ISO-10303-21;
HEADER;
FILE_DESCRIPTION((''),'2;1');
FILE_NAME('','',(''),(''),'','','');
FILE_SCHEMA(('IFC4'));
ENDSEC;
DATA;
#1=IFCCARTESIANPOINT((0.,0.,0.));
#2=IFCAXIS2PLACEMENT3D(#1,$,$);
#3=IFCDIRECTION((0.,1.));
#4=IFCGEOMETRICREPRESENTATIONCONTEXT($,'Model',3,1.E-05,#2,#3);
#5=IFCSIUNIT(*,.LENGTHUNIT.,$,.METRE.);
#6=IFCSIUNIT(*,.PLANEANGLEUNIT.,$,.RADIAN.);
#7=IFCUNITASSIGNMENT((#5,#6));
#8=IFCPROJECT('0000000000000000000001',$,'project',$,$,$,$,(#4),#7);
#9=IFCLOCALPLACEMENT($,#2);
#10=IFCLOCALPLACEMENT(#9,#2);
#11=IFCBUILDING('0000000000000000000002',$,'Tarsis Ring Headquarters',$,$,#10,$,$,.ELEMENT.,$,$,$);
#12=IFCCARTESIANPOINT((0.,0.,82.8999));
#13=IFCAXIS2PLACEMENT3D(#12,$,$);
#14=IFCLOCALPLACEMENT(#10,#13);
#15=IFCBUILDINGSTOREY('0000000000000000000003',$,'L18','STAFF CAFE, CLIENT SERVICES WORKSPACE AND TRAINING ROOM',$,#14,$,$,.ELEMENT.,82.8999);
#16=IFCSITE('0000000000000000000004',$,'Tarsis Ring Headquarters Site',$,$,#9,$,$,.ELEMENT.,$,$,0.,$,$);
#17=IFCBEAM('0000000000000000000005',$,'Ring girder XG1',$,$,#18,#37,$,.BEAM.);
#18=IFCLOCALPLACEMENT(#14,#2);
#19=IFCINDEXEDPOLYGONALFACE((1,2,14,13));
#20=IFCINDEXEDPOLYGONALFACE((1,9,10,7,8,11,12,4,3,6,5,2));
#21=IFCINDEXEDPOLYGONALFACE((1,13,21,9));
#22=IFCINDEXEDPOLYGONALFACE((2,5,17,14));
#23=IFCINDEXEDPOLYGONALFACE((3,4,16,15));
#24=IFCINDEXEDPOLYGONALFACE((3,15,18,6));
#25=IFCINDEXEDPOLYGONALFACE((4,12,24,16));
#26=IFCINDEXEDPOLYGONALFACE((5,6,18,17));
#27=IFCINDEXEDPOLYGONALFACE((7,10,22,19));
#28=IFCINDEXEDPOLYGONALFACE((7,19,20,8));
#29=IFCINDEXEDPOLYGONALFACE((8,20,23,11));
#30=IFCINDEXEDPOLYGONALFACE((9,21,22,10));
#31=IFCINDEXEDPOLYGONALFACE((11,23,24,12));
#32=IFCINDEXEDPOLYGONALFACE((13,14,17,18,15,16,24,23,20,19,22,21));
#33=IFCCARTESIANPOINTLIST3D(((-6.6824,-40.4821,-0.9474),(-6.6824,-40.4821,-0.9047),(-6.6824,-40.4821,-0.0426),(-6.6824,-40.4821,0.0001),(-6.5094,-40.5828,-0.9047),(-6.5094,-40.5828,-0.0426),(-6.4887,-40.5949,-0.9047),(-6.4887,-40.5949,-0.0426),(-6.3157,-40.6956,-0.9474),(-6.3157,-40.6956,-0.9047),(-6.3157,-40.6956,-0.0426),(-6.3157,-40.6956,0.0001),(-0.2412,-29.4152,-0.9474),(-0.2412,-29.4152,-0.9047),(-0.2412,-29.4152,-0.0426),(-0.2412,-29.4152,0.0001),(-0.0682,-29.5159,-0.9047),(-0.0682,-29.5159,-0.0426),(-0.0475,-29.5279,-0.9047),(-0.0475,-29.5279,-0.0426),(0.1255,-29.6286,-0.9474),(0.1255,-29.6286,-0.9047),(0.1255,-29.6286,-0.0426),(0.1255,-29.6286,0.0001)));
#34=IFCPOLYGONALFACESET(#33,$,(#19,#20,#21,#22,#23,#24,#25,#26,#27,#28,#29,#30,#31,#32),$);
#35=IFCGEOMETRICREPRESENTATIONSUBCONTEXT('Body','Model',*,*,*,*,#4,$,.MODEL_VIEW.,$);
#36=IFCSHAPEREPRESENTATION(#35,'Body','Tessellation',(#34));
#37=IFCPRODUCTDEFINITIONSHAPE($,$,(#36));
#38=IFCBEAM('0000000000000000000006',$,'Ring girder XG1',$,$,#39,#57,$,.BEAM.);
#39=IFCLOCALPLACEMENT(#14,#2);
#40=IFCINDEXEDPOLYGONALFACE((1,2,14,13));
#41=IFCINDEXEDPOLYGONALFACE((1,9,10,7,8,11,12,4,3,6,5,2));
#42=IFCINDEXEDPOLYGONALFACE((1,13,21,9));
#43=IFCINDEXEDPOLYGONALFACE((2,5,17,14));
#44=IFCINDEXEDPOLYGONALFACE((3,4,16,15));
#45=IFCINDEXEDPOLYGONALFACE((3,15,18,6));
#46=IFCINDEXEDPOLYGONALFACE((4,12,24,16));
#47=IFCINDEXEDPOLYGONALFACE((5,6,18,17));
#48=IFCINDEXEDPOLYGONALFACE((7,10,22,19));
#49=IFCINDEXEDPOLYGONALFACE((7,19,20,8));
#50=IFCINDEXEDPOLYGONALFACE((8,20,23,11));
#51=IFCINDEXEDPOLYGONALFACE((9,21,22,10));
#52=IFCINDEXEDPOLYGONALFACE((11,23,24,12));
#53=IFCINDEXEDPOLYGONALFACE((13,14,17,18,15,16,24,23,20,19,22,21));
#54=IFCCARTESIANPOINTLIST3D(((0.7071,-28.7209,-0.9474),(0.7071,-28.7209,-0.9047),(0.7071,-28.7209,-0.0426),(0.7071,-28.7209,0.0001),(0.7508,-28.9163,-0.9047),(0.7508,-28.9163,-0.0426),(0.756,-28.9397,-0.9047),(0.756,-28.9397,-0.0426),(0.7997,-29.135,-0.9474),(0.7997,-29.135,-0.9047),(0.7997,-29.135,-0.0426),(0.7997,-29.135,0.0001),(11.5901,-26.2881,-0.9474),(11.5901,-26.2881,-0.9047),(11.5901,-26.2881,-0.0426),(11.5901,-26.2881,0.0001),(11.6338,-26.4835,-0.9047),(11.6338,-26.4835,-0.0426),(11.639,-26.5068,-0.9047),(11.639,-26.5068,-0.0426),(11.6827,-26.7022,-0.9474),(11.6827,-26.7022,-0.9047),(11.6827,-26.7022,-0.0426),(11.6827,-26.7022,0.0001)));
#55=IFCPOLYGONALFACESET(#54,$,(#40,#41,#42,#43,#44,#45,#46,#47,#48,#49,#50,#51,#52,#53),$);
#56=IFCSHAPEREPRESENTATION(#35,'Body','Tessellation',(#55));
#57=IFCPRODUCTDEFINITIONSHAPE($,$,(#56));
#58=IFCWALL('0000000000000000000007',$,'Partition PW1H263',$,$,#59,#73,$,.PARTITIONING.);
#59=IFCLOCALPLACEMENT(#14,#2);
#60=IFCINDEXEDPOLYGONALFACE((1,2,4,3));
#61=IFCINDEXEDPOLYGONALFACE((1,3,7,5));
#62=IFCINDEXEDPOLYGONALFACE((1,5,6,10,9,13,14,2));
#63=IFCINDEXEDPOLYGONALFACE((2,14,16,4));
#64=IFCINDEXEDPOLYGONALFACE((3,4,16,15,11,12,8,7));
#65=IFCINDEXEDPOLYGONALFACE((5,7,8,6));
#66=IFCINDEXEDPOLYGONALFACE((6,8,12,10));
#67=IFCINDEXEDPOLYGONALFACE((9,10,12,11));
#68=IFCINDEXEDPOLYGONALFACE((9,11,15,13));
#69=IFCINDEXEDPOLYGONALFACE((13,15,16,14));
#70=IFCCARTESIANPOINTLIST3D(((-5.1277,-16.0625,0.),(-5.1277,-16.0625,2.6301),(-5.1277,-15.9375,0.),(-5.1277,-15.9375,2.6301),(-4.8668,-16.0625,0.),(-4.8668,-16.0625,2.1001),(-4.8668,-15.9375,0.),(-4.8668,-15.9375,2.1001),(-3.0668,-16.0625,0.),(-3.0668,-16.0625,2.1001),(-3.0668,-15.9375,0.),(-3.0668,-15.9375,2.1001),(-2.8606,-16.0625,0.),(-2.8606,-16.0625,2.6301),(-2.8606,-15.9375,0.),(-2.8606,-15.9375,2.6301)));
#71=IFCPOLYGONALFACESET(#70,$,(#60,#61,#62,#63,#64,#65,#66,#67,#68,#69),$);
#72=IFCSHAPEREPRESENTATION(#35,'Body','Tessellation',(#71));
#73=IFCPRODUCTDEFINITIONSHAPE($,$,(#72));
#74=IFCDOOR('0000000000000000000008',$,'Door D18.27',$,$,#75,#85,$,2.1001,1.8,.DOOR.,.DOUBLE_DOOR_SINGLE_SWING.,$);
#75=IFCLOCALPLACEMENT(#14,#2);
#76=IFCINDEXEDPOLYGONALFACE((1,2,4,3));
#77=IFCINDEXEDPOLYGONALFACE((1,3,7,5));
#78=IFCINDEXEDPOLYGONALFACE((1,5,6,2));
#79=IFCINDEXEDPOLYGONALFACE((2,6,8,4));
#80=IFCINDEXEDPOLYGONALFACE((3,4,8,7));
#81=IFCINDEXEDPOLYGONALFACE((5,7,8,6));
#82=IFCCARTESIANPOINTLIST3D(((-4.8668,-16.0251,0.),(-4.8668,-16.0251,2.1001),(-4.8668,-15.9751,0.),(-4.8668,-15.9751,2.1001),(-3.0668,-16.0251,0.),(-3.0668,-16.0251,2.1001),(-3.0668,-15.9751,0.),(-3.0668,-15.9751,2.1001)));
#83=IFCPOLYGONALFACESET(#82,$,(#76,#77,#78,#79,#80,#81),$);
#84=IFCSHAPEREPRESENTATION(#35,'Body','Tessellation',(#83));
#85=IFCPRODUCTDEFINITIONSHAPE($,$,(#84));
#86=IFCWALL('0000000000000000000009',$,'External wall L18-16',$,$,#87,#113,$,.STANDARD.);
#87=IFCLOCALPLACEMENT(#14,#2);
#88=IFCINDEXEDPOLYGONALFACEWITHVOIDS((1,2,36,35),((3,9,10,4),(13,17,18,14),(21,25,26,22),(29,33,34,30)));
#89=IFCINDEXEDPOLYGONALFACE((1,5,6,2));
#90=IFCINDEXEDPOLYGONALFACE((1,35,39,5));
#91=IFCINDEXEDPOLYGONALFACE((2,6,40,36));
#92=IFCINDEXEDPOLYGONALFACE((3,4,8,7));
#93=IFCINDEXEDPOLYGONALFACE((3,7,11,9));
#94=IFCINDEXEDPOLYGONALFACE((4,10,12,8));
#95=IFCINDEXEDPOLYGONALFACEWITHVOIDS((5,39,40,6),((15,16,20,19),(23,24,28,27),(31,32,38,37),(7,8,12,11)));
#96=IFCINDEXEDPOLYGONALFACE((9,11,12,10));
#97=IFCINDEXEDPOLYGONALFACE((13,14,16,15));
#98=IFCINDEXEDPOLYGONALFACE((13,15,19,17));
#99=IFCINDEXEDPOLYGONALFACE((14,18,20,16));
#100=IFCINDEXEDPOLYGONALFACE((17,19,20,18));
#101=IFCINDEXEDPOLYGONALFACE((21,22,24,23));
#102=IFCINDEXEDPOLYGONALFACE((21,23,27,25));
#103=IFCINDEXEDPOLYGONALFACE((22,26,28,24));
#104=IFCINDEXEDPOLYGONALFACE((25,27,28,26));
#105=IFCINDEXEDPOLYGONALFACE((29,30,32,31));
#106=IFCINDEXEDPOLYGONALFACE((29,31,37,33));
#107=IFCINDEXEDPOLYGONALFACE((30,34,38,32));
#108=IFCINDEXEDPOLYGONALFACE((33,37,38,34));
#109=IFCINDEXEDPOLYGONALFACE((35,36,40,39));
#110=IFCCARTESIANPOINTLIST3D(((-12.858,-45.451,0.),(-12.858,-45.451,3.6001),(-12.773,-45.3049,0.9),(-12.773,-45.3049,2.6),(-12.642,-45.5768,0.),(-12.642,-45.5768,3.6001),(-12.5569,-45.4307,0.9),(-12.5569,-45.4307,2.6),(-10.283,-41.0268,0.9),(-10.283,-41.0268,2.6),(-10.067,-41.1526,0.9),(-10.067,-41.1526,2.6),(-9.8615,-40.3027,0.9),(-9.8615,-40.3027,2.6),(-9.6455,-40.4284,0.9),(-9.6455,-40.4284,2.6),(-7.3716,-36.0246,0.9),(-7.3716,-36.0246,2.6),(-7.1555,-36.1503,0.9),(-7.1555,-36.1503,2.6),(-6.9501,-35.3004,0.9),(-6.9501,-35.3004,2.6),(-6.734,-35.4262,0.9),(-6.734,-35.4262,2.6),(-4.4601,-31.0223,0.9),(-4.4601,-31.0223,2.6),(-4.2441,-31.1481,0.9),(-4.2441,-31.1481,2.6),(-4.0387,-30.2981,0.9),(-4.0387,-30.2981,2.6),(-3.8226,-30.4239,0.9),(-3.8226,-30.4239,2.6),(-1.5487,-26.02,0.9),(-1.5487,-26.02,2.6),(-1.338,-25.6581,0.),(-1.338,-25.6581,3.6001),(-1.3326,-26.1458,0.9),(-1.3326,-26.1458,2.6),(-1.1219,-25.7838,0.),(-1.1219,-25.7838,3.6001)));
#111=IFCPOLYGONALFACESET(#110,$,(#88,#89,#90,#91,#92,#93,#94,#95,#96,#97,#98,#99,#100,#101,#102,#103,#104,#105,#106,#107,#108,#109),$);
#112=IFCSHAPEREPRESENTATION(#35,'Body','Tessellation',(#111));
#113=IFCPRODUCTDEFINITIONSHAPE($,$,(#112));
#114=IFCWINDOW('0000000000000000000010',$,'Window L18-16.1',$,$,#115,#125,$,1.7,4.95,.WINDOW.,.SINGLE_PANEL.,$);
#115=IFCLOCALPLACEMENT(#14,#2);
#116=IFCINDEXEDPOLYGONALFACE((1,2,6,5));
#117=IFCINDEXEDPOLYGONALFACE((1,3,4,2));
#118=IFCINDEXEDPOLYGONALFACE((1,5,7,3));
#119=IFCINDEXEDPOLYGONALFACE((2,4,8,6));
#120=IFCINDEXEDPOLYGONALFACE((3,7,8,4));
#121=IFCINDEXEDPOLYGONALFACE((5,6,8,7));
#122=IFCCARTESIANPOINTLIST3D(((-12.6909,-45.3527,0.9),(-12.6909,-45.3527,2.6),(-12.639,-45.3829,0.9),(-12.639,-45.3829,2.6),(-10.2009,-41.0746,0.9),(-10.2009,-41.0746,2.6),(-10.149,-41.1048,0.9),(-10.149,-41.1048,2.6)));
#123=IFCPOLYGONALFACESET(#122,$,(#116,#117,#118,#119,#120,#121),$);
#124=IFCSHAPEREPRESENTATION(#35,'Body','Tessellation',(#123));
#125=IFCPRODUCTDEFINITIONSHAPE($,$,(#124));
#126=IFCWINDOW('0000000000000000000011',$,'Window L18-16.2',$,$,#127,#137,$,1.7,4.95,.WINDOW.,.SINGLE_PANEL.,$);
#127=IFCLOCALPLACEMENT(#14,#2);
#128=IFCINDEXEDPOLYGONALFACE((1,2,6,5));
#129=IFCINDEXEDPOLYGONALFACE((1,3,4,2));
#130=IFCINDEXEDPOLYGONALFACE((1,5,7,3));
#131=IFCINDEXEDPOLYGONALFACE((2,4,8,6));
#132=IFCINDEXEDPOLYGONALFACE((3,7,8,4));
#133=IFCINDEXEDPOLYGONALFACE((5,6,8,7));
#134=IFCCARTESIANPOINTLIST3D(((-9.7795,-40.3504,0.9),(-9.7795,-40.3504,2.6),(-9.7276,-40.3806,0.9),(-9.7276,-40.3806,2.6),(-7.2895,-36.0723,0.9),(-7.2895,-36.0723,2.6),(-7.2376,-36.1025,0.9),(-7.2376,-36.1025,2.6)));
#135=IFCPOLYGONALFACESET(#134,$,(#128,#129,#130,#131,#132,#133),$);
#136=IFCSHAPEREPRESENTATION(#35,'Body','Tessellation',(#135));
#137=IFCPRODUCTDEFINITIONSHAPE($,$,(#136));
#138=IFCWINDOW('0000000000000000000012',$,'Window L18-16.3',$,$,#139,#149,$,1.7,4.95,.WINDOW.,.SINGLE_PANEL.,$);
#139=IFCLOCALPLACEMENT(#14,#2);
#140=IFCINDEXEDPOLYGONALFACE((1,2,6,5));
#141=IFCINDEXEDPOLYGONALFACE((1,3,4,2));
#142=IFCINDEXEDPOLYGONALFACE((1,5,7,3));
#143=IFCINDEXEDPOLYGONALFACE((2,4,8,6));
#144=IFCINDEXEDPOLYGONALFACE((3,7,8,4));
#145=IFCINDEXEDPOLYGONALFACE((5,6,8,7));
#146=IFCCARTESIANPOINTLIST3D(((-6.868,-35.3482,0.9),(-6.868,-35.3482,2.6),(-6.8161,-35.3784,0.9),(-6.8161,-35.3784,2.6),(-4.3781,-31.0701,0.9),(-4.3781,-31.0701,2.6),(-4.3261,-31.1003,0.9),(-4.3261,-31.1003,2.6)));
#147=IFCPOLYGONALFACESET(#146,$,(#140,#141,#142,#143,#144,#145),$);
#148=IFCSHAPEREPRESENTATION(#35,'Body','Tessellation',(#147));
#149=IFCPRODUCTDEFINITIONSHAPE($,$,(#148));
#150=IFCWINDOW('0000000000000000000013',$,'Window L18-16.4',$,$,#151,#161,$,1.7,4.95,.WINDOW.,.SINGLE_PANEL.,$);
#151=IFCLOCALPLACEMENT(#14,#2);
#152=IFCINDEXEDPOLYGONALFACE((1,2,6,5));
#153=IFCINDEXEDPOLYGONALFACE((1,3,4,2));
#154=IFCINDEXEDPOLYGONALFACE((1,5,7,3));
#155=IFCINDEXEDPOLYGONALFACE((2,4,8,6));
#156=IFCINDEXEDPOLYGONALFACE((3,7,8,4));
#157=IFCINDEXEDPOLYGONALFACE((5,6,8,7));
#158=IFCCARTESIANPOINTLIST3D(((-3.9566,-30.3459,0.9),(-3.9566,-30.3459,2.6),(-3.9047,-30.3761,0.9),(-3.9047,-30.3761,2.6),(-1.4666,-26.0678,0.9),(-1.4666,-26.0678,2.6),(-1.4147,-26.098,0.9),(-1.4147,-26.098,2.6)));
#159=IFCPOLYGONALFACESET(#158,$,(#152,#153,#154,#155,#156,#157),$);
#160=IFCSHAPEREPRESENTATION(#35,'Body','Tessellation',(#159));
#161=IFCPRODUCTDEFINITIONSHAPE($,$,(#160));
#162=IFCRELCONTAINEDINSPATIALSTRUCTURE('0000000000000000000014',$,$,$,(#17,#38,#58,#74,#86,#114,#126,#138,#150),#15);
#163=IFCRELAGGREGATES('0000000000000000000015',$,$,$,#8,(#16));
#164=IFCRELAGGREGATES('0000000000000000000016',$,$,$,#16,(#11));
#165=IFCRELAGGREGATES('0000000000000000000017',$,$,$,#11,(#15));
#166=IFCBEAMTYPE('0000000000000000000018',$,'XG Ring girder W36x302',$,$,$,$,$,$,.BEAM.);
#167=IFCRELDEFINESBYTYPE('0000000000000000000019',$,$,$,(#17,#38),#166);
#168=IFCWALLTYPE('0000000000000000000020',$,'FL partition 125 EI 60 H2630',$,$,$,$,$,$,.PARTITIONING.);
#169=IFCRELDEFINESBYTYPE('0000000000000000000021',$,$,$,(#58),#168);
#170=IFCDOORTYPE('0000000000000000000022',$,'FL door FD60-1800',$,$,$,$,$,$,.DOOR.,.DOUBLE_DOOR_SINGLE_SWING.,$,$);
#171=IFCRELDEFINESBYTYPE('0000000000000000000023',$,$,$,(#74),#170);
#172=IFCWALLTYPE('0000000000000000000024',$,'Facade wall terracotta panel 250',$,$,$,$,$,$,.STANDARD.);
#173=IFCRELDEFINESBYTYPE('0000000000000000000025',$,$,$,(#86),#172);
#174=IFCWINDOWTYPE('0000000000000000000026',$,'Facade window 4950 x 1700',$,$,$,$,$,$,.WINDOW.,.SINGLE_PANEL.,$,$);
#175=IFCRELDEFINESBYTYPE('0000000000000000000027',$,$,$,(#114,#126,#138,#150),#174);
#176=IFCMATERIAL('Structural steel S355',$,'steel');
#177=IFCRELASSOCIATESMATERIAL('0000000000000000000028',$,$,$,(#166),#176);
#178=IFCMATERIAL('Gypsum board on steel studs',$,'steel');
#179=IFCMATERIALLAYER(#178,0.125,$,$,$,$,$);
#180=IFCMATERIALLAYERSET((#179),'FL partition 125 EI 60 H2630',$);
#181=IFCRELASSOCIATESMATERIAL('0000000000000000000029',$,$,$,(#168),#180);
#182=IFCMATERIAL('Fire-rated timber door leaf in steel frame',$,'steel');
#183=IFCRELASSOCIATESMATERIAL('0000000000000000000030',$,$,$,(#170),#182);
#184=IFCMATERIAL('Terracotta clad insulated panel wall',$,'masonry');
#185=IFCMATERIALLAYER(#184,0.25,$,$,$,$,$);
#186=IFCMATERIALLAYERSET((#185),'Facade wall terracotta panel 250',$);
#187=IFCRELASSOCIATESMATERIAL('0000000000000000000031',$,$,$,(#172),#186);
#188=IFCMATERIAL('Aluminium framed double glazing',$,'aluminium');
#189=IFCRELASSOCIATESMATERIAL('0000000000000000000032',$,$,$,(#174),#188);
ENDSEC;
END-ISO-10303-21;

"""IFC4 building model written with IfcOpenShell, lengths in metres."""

from ifc_helpers import new_model, si_unit, direction, frame, frame_2d, origin, origin_2d, place, context, subcontext, project, spatial, rectangle, i_section, extrude, material, layer, layer_set, material_profile, profile_set, type_object, element, fill, save


model = new_model("IFC4")

# Units and contexts
model_context = context("Model", 3, precision=1e-05, world=origin(), true_north=direction((0.0, 1.0)))
body_context = subcontext(model_context, "Body", "Model", "MODEL_VIEW")
ifc_project = project(units=[si_unit("LENGTHUNIT", "METRE"), si_unit("PLANEANGLEUNIT", "RADIAN")], contexts=[model_context])

# Site, building, storey
site_placement = place(None, origin())
site = spatial("IfcSite", under=ifc_project, at=site_placement, Name="Tarsis Ring Headquarters Site", CompositionType="ELEMENT", RefElevation=0.0)
building_placement = place(site_placement, origin())
building = spatial("IfcBuilding", under=site, at=building_placement, Name="Tarsis Ring Headquarters", CompositionType="ELEMENT")
storey_placement = place(building_placement, frame((0.0, 0.0, 82.8999)))
storey = spatial("IfcBuildingStorey", under=building, at=storey_placement, Name="L18", Description="STAFF CAFE, CLIENT SERVICES WORKSPACE AND TRAINING ROOM", CompositionType="ELEMENT", Elevation=82.8999)

# Beams
ifc_material_1 = material(Name="Structural steel S355", Category="steel")
ifc_material_profile_1 = material_profile(ifc_material_1, i_section(OverallWidth=0.4243, OverallDepth=0.9475, WebThickness=0.0239, FlangeThickness=0.0427, at=origin_2d()), Name="W36x302")
ifc_profile_set_1 = profile_set([ifc_material_profile_1], Name="Structural steel S355")
beam_type = type_object("IfcBeamType", Name="XG Ring girder W36x302", PredefinedType="BEAM", material=ifc_profile_set_1)
beam_1_placement = place(storey_placement, frame((-6.499, -40.5889, -0.4736), z_axis=(0.503024, 0.864272, 0.0), x_axis=(-0.864272, 0.503024, 0.0)))
element("IfcBeam", 1, at=beam_1_placement, inside=storey, type_object=beam_type, Name="Ring girder XG1", PredefinedType="BEAM", context=body_context, shape_type="SweptSolid", body=[
    extrude(i_section(OverallWidth=0.4243, OverallDepth=0.9475, WebThickness=0.0239, FlangeThickness=0.0427, at=origin_2d()), origin(), (0.0, 0.0, 1.0), 12.8049),
])
beam_2_placement = place(storey_placement, frame((0.7534, -28.928, -0.4736), z_axis=(0.975913, 0.218161, 0.0), x_axis=(-0.218161, 0.975913, 0.0)))
element("IfcBeam", 2, at=beam_2_placement, inside=storey, type_object=beam_type, Name="Ring girder XG1", PredefinedType="BEAM", context=body_context, shape_type="SweptSolid", body=[
    extrude(i_section(OverallWidth=0.4243, OverallDepth=0.9475, WebThickness=0.0239, FlangeThickness=0.0427, at=origin_2d()), origin(), (0.0, 0.0, 1.0), 11.1516),
])

# Wall, opening, door
ifc_material_2 = material(Name="Gypsum board on steel studs", Category="steel")
ifc_layer_1 = layer(ifc_material_2, 0.125)
ifc_layer_set_1 = layer_set([ifc_layer_1], Name="FL partition 125 EI 60 H2630")
wall_type_1 = type_object("IfcWallType", Name="FL partition 125 EI 60 H2630", PredefinedType="PARTITIONING", material=ifc_layer_set_1)
wall_1_placement = place(storey_placement, frame((-5.1277, -16.0, 0.0), z_axis=(0.0, 0.0, 1.0), x_axis=(1.0, 0.0, 0.0)))
wall_1 = element("IfcWall", 3, at=wall_1_placement, inside=storey, type_object=wall_type_1, Name="Partition PW1H263", PredefinedType="PARTITIONING", context=body_context, shape_type="SweptSolid", body=[
    extrude(rectangle(XDim=2.2671, YDim=0.125, at=frame_2d((1.1335, 0.0))), origin(), (0.0, 0.0, 1.0), 2.6301),
])
opening_1_placement = place(wall_1_placement, frame((0.261, 0.0, 0.0)))
opening_1 = element("IfcOpeningElement", 4, at=opening_1_placement, cuts=wall_1, PredefinedType="OPENING", context=body_context, shape_type="SweptSolid", body=[
    extrude(rectangle(XDim=1.8, YDim=2.1001, at=frame_2d((0.8999, 1.05))), frame((0.0, 0.0725, 0.0), z_axis=(0.0, -1.0, 0.0), x_axis=(1.0, 0.0, 0.0)), (0.0, 0.0, 1.0), 0.145),
])
ifc_material_3 = material(Name="Fire-rated timber door leaf in steel frame", Category="steel")
door_type = type_object("IfcDoorType", Name="FL door FD60-1800", OperationType="DOUBLE_DOOR_SINGLE_SWING", PredefinedType="DOOR", material=ifc_material_3)
door_placement = place(opening_1_placement, origin())
door = element("IfcDoor", 5, at=door_placement, inside=storey, type_object=door_type, Name="Door D18.27", OperationType="DOUBLE_DOOR_SINGLE_SWING", OverallHeight=2.1001, OverallWidth=1.8, PredefinedType="DOOR", context=body_context, shape_type="SweptSolid", body=[
    extrude(rectangle(XDim=1.8, YDim=2.1001, at=frame_2d((0.8999, 1.05))), frame((0.0, 0.0249, 0.0), z_axis=(0.0, -1.0, 0.0), x_axis=(1.0, 0.0, 0.0)), (0.0, 0.0, 1.0), 0.05),
])
fill(opening_1, door)

# Wall, openings, windows
ifc_material_4 = material(Name="Terracotta clad insulated panel wall", Category="masonry")
ifc_layer_2 = layer(ifc_material_4, 0.25)
ifc_layer_set_2 = layer_set([ifc_layer_2], Name="Facade wall terracotta panel 250")
wall_type_2 = type_object("IfcWallType", Name="Facade wall terracotta panel 250", PredefinedType="STANDARD", material=ifc_layer_set_2)
wall_2_placement = place(storey_placement, frame((-12.75, -45.5139, 0.0), z_axis=(0.0, 0.0, 1.0), x_axis=(0.503028, 0.86427, 0.0)))
wall_2 = element("IfcWall", 6, at=wall_2_placement, inside=storey, type_object=wall_type_2, Name="External wall L18-16", PredefinedType="STANDARD", context=body_context, shape_type="SweptSolid", body=[
    extrude(rectangle(XDim=22.9014, YDim=0.25, at=frame_2d((11.4507, 0.0))), origin(), (0.0, 0.0, 1.0), 3.6001),
])
opening_2_placement = place(wall_2_placement, frame((0.1689, 0.0, 0.8999)))
opening_2 = element("IfcOpeningElement", 7, at=opening_2_placement, cuts=wall_2, PredefinedType="OPENING", context=body_context, shape_type="SweptSolid", body=[
    extrude(rectangle(XDim=4.95, YDim=1.7, at=frame_2d((2.4751, 0.8501))), frame((0.0, 0.135, 0.0), z_axis=(0.0, -1.0, 0.0), x_axis=(1.0, 0.0, 0.0)), (0.0, 0.0, 1.0), 0.27),
])
opening_3_placement = place(wall_2_placement, frame((5.9568, 0.0, 0.8999)))
opening_3 = element("IfcOpeningElement", 8, at=opening_3_placement, cuts=wall_2, PredefinedType="OPENING", context=body_context, shape_type="SweptSolid", body=[
    extrude(rectangle(XDim=4.95, YDim=1.7, at=frame_2d((2.4751, 0.8501))), frame((0.0, 0.135, 0.0), z_axis=(0.0, -1.0, 0.0), x_axis=(1.0, 0.0, 0.0)), (0.0, 0.0, 1.0), 0.27),
])
opening_4_placement = place(wall_2_placement, frame((11.7446, 0.0, 0.8999)))
opening_4 = element("IfcOpeningElement", 9, at=opening_4_placement, cuts=wall_2, PredefinedType="OPENING", context=body_context, shape_type="SweptSolid", body=[
    extrude(rectangle(XDim=4.95, YDim=1.7, at=frame_2d((2.4751, 0.8501))), frame((0.0, 0.135, 0.0), z_axis=(0.0, -1.0, 0.0), x_axis=(1.0, 0.0, 0.0)), (0.0, 0.0, 1.0), 0.27),
])
opening_5_placement = place(wall_2_placement, frame((17.5325, 0.0, 0.8999)))
opening_5 = element("IfcOpeningElement", 10, at=opening_5_placement, cuts=wall_2, PredefinedType="OPENING", context=body_context, shape_type="SweptSolid", body=[
    extrude(rectangle(XDim=4.95, YDim=1.7, at=frame_2d((2.4751, 0.8501))), frame((0.0, 0.135, 0.0), z_axis=(0.0, -1.0, 0.0), x_axis=(1.0, 0.0, 0.0)), (0.0, 0.0, 1.0), 0.27),
])
ifc_material_5 = material(Name="Aluminium framed double glazing", Category="aluminium")
window_type_1 = type_object("IfcWindowType", Name="Facade window 4950 x 1700", PartitioningType="SINGLE_PANEL", PredefinedType="WINDOW", material=ifc_material_5)
window_1_placement = place(opening_2_placement, origin())
window_1 = element("IfcWindow", 11, at=window_1_placement, inside=storey, type_object=window_type_1, Name="Window L18-16.1", OverallHeight=1.7, OverallWidth=4.95, PartitioningType="SINGLE_PANEL", PredefinedType="WINDOW", context=body_context, shape_type="SweptSolid", body=[
    extrude(rectangle(XDim=4.95, YDim=1.7, at=frame_2d((2.4751, 0.8501))), frame((0.0, 0.03, 0.0), z_axis=(0.0, -1.0, 0.0), x_axis=(1.0, 0.0, 0.0)), (0.0, 0.0, 1.0), 0.0601),
])
fill(opening_2, window_1)
window_2_placement = place(opening_3_placement, origin())
window_2 = element("IfcWindow", 12, at=window_2_placement, inside=storey, type_object=window_type_1, Name="Window L18-16.2", OverallHeight=1.7, OverallWidth=4.95, PartitioningType="SINGLE_PANEL", PredefinedType="WINDOW", context=body_context, shape_type="SweptSolid", body=[
    extrude(rectangle(XDim=4.95, YDim=1.7, at=frame_2d((2.4751, 0.8501))), frame((0.0, 0.03, 0.0), z_axis=(0.0, -1.0, 0.0), x_axis=(1.0, 0.0, 0.0)), (0.0, 0.0, 1.0), 0.0601),
])
fill(opening_3, window_2)
window_3_placement = place(opening_4_placement, origin())
window_3 = element("IfcWindow", 13, at=window_3_placement, inside=storey, type_object=window_type_1, Name="Window L18-16.3", OverallHeight=1.7, OverallWidth=4.95, PartitioningType="SINGLE_PANEL", PredefinedType="WINDOW", context=body_context, shape_type="SweptSolid", body=[
    extrude(rectangle(XDim=4.95, YDim=1.7, at=frame_2d((2.4751, 0.8501))), frame((0.0, 0.03, 0.0), z_axis=(0.0, -1.0, 0.0), x_axis=(1.0, 0.0, 0.0)), (0.0, 0.0, 1.0), 0.0601),
])
fill(opening_4, window_3)
window_4_placement = place(opening_5_placement, origin())
window_4 = element("IfcWindow", 14, at=window_4_placement, inside=storey, type_object=window_type_1, Name="Window L18-16.4", OverallHeight=1.7, OverallWidth=4.95, PartitioningType="SINGLE_PANEL", PredefinedType="WINDOW", context=body_context, shape_type="SweptSolid", body=[
    extrude(rectangle(XDim=4.95, YDim=1.7, at=frame_2d((2.4751, 0.8501))), frame((0.0, 0.03, 0.0), z_axis=(0.0, -1.0, 0.0), x_axis=(1.0, 0.0, 0.0)), (0.0, 0.0, 1.0), 0.0601),
])
fill(opening_5, window_4)

save(model, "model.ifc")
